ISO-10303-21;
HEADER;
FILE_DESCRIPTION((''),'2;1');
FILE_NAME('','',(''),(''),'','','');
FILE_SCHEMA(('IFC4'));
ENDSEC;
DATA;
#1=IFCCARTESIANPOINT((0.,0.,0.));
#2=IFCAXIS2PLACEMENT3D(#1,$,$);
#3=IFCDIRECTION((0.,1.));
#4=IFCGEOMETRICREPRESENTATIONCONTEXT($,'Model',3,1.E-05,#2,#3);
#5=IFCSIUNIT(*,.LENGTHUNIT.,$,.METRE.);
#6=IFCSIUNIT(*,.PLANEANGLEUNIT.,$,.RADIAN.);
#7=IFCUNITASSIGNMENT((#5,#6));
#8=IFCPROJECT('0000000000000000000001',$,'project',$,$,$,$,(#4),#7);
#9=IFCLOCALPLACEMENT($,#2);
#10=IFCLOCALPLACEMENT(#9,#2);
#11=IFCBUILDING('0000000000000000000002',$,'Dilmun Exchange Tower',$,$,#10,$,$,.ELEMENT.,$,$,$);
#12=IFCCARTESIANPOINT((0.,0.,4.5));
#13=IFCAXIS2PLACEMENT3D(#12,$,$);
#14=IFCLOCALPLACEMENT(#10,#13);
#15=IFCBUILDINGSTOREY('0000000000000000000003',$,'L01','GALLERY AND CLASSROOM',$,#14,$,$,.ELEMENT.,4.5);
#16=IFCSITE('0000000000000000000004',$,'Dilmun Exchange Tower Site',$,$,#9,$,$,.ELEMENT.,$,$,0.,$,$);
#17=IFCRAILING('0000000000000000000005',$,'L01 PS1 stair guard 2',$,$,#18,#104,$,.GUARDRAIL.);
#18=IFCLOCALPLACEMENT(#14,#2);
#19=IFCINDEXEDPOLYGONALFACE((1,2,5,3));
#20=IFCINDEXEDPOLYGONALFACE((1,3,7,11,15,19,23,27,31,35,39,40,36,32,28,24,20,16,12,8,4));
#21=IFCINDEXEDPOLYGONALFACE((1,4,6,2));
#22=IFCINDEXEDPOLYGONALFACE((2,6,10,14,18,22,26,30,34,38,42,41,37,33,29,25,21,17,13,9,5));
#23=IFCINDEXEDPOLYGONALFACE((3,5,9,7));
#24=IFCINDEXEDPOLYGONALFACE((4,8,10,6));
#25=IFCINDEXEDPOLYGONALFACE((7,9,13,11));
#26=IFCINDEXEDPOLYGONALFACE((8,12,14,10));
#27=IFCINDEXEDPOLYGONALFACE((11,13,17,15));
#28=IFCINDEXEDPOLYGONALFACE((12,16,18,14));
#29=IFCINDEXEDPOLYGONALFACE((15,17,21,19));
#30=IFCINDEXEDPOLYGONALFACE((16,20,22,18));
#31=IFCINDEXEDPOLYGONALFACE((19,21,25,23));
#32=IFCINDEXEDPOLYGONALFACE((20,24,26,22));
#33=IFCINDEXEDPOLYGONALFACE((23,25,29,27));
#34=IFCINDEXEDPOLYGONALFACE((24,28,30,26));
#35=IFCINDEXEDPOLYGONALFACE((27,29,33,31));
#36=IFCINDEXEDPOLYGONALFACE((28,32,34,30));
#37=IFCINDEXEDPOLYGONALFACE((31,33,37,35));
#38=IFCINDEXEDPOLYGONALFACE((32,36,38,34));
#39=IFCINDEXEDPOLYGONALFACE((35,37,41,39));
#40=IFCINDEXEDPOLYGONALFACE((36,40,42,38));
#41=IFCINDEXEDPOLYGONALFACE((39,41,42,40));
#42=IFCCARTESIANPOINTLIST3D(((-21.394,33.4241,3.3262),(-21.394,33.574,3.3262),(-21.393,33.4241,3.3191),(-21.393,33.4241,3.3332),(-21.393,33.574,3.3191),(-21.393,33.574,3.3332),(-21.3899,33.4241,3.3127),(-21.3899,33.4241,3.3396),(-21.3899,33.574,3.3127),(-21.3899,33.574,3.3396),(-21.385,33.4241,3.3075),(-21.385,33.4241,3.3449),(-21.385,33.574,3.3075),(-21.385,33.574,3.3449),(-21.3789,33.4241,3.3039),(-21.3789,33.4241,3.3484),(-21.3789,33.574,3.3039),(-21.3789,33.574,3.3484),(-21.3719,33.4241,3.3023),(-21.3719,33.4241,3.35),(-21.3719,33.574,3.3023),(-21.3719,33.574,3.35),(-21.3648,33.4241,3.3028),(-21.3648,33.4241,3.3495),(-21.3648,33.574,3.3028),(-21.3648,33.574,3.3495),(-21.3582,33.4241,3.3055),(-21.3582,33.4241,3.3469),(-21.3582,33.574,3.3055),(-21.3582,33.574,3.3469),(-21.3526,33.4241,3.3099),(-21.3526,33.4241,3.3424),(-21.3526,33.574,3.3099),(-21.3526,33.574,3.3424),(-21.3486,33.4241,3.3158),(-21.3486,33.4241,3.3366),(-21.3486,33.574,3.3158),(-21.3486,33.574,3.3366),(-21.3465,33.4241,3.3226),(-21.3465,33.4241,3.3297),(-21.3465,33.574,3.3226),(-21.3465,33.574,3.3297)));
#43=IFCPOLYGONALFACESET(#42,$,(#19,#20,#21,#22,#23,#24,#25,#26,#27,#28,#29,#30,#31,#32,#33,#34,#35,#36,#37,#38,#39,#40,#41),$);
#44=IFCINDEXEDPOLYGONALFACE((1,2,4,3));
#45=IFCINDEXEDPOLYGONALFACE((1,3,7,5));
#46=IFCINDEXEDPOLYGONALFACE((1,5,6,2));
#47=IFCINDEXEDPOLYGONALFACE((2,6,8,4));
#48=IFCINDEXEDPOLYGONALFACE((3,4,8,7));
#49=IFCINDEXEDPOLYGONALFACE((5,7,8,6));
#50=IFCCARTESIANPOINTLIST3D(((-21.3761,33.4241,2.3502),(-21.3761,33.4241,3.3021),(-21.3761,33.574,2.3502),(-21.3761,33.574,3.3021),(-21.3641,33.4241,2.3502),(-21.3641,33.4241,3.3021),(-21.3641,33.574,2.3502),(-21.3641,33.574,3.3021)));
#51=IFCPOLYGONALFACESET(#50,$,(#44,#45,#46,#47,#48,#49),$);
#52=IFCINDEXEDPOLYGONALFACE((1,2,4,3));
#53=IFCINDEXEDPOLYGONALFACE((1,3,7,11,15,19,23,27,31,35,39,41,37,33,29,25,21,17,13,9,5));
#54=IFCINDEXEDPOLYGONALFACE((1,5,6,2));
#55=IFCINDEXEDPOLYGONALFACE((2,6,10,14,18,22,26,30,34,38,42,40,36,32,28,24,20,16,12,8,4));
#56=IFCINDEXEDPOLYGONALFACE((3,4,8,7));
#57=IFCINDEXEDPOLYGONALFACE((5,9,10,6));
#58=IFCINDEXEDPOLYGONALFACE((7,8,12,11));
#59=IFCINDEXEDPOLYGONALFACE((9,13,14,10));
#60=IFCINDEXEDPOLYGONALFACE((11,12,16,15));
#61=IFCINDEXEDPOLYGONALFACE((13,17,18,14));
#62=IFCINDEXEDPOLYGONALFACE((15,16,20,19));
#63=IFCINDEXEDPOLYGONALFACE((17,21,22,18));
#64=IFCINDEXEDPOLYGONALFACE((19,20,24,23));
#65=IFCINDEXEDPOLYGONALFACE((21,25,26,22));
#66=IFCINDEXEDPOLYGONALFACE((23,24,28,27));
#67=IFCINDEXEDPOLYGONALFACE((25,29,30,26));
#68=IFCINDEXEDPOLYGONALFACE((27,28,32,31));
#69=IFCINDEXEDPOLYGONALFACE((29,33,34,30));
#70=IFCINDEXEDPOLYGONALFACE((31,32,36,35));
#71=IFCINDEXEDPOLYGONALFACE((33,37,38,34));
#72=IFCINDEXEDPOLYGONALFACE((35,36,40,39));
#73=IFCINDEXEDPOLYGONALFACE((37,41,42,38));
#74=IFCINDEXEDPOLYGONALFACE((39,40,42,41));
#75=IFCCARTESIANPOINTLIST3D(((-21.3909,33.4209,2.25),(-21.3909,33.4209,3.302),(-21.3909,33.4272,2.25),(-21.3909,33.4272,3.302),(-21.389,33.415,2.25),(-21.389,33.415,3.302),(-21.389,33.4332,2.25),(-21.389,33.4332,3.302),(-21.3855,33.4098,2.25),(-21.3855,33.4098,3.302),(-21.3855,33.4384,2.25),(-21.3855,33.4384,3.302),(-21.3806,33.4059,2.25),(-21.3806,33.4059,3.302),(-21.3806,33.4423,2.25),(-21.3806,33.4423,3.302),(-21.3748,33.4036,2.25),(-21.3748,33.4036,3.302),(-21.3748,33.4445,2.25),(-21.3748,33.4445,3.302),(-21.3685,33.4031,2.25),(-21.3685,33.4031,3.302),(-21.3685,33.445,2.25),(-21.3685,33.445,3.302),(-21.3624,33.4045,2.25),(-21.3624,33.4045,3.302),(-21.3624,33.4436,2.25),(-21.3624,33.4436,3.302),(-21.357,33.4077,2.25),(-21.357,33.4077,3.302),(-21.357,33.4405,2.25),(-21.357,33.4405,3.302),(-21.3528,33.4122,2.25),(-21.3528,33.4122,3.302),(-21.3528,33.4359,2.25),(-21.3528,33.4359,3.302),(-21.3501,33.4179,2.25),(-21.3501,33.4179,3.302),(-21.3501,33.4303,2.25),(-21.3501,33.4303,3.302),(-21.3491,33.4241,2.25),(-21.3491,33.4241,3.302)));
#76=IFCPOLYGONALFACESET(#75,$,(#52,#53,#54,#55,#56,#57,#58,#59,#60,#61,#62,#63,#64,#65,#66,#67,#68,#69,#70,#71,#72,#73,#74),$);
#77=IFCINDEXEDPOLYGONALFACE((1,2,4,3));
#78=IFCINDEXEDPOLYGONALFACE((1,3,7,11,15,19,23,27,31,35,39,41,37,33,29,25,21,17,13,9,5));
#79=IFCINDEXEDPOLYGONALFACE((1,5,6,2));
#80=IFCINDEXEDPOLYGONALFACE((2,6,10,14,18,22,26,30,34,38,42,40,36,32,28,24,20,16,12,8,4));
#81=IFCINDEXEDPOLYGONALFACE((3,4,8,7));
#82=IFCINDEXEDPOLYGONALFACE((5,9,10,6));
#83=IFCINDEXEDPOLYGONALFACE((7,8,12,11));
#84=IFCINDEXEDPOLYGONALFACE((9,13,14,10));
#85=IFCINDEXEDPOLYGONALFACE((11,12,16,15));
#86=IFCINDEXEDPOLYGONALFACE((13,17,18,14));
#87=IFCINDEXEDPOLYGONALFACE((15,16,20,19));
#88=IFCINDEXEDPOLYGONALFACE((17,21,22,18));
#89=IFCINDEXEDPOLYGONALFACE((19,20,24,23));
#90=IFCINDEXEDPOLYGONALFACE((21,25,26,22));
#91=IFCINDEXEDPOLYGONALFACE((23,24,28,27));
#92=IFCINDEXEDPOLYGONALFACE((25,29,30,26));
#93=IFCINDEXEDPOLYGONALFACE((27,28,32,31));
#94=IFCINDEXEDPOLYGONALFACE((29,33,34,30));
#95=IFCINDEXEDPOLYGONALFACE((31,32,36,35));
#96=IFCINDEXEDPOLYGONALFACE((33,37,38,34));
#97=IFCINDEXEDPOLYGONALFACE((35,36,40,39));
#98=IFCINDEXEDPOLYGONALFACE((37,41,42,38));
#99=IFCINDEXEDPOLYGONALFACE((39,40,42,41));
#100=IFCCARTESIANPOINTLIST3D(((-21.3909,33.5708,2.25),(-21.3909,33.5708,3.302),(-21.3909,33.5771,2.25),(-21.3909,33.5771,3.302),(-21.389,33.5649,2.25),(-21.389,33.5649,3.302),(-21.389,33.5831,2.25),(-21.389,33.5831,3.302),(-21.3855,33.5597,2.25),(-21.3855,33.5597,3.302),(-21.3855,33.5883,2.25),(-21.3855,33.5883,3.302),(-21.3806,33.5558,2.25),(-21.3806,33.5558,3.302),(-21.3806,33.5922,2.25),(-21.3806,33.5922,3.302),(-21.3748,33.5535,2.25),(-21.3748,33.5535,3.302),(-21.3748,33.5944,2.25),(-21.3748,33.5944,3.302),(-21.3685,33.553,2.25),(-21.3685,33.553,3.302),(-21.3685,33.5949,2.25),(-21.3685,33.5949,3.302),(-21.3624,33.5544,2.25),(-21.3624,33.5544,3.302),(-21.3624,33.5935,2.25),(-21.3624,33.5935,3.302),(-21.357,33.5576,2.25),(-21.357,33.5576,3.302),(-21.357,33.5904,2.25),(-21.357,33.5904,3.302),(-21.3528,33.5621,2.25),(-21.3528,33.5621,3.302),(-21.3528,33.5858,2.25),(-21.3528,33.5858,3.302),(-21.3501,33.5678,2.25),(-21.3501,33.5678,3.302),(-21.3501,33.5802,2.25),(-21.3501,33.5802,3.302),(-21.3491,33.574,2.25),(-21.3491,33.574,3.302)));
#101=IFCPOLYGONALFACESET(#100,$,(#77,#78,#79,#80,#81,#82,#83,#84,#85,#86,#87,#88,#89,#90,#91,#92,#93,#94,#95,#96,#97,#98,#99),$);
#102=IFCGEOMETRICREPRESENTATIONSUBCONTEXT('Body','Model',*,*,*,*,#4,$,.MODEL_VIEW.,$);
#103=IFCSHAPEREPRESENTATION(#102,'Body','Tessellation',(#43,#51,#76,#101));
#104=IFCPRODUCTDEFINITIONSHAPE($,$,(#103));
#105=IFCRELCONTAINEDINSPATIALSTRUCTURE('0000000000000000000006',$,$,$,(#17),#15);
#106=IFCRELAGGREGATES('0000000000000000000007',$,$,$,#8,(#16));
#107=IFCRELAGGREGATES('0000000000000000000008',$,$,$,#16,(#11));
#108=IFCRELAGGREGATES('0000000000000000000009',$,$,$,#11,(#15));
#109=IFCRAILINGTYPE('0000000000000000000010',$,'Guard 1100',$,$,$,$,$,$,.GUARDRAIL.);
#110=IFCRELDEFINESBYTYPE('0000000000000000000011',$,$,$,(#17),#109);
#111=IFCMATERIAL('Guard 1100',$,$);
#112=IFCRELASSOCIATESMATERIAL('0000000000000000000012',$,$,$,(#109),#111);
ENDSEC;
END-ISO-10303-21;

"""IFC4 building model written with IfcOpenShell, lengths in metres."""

from ifc_helpers import new_model, si_unit, direction, frame, origin, origin_2d, place, context, subcontext, project, spatial, rectangle, circle, extrude, material, type_object, element, save


model = new_model("IFC4")

# Units and contexts
model_context = context("Model", 3, precision=1e-05, world=origin(), true_north=direction((0.0, 1.0)))
body_context = subcontext(model_context, "Body", "Model", "MODEL_VIEW")
ifc_project = project(units=[si_unit("LENGTHUNIT", "METRE"), si_unit("PLANEANGLEUNIT", "RADIAN")], contexts=[model_context])

# Site, building, storey
site_placement = place(None, origin())
site = spatial("IfcSite", under=ifc_project, at=site_placement, Name="Dilmun Exchange Tower Site", CompositionType="ELEMENT", RefElevation=0.0)
building_placement = place(site_placement, origin())
building = spatial("IfcBuilding", under=site, at=building_placement, Name="Dilmun Exchange Tower", CompositionType="ELEMENT")
storey_placement = place(building_placement, frame((0.0, 0.0, 4.5)))
storey = spatial("IfcBuildingStorey", under=building, at=storey_placement, Name="L01", Description="GALLERY AND CLASSROOM", CompositionType="ELEMENT", Elevation=4.5)

# Railing
ifc_material_1 = material(Name="Guard 1100")
railing_type_1 = type_object("IfcRailingType", Name="Guard 1100", PredefinedType="GUARDRAIL", material=ifc_material_1)
railing_1_placement = place(storey_placement, frame((-21.3701, 33.4241, 2.25)))
element("IfcRailing", 1, at=railing_1_placement, inside=storey, type_object=railing_type_1, Name="L01 PS1 stair guard 2", PredefinedType="GUARDRAIL", context=body_context, shape_type="SweptSolid", body=[
    extrude(circle(Radius=0.0239, at=origin_2d()), frame((0.0, 0.0, 1.0762), z_axis=(0.0, 1.0, 0.0), x_axis=(-1.0, 0.0, 0.0)), (0.0, 0.0, 1.0), 0.1499),
    extrude(rectangle(XDim=0.012, YDim=0.9519, at=origin_2d()), frame((0.0, 0.0, 0.5762), z_axis=(0.0, 1.0, 0.0), x_axis=(-1.0, 0.0, 0.0)), (0.0, 0.0, 1.0), 0.1499),
    extrude(circle(Radius=0.021, at=origin_2d()), origin(), (0.0, 0.0, 1.0), 1.052),
    extrude(circle(Radius=0.021, at=origin_2d()), frame((0.0, 0.1499, 0.0)), (0.0, 0.0, 1.0), 1.052),
])

save(model, "model.ifc")
